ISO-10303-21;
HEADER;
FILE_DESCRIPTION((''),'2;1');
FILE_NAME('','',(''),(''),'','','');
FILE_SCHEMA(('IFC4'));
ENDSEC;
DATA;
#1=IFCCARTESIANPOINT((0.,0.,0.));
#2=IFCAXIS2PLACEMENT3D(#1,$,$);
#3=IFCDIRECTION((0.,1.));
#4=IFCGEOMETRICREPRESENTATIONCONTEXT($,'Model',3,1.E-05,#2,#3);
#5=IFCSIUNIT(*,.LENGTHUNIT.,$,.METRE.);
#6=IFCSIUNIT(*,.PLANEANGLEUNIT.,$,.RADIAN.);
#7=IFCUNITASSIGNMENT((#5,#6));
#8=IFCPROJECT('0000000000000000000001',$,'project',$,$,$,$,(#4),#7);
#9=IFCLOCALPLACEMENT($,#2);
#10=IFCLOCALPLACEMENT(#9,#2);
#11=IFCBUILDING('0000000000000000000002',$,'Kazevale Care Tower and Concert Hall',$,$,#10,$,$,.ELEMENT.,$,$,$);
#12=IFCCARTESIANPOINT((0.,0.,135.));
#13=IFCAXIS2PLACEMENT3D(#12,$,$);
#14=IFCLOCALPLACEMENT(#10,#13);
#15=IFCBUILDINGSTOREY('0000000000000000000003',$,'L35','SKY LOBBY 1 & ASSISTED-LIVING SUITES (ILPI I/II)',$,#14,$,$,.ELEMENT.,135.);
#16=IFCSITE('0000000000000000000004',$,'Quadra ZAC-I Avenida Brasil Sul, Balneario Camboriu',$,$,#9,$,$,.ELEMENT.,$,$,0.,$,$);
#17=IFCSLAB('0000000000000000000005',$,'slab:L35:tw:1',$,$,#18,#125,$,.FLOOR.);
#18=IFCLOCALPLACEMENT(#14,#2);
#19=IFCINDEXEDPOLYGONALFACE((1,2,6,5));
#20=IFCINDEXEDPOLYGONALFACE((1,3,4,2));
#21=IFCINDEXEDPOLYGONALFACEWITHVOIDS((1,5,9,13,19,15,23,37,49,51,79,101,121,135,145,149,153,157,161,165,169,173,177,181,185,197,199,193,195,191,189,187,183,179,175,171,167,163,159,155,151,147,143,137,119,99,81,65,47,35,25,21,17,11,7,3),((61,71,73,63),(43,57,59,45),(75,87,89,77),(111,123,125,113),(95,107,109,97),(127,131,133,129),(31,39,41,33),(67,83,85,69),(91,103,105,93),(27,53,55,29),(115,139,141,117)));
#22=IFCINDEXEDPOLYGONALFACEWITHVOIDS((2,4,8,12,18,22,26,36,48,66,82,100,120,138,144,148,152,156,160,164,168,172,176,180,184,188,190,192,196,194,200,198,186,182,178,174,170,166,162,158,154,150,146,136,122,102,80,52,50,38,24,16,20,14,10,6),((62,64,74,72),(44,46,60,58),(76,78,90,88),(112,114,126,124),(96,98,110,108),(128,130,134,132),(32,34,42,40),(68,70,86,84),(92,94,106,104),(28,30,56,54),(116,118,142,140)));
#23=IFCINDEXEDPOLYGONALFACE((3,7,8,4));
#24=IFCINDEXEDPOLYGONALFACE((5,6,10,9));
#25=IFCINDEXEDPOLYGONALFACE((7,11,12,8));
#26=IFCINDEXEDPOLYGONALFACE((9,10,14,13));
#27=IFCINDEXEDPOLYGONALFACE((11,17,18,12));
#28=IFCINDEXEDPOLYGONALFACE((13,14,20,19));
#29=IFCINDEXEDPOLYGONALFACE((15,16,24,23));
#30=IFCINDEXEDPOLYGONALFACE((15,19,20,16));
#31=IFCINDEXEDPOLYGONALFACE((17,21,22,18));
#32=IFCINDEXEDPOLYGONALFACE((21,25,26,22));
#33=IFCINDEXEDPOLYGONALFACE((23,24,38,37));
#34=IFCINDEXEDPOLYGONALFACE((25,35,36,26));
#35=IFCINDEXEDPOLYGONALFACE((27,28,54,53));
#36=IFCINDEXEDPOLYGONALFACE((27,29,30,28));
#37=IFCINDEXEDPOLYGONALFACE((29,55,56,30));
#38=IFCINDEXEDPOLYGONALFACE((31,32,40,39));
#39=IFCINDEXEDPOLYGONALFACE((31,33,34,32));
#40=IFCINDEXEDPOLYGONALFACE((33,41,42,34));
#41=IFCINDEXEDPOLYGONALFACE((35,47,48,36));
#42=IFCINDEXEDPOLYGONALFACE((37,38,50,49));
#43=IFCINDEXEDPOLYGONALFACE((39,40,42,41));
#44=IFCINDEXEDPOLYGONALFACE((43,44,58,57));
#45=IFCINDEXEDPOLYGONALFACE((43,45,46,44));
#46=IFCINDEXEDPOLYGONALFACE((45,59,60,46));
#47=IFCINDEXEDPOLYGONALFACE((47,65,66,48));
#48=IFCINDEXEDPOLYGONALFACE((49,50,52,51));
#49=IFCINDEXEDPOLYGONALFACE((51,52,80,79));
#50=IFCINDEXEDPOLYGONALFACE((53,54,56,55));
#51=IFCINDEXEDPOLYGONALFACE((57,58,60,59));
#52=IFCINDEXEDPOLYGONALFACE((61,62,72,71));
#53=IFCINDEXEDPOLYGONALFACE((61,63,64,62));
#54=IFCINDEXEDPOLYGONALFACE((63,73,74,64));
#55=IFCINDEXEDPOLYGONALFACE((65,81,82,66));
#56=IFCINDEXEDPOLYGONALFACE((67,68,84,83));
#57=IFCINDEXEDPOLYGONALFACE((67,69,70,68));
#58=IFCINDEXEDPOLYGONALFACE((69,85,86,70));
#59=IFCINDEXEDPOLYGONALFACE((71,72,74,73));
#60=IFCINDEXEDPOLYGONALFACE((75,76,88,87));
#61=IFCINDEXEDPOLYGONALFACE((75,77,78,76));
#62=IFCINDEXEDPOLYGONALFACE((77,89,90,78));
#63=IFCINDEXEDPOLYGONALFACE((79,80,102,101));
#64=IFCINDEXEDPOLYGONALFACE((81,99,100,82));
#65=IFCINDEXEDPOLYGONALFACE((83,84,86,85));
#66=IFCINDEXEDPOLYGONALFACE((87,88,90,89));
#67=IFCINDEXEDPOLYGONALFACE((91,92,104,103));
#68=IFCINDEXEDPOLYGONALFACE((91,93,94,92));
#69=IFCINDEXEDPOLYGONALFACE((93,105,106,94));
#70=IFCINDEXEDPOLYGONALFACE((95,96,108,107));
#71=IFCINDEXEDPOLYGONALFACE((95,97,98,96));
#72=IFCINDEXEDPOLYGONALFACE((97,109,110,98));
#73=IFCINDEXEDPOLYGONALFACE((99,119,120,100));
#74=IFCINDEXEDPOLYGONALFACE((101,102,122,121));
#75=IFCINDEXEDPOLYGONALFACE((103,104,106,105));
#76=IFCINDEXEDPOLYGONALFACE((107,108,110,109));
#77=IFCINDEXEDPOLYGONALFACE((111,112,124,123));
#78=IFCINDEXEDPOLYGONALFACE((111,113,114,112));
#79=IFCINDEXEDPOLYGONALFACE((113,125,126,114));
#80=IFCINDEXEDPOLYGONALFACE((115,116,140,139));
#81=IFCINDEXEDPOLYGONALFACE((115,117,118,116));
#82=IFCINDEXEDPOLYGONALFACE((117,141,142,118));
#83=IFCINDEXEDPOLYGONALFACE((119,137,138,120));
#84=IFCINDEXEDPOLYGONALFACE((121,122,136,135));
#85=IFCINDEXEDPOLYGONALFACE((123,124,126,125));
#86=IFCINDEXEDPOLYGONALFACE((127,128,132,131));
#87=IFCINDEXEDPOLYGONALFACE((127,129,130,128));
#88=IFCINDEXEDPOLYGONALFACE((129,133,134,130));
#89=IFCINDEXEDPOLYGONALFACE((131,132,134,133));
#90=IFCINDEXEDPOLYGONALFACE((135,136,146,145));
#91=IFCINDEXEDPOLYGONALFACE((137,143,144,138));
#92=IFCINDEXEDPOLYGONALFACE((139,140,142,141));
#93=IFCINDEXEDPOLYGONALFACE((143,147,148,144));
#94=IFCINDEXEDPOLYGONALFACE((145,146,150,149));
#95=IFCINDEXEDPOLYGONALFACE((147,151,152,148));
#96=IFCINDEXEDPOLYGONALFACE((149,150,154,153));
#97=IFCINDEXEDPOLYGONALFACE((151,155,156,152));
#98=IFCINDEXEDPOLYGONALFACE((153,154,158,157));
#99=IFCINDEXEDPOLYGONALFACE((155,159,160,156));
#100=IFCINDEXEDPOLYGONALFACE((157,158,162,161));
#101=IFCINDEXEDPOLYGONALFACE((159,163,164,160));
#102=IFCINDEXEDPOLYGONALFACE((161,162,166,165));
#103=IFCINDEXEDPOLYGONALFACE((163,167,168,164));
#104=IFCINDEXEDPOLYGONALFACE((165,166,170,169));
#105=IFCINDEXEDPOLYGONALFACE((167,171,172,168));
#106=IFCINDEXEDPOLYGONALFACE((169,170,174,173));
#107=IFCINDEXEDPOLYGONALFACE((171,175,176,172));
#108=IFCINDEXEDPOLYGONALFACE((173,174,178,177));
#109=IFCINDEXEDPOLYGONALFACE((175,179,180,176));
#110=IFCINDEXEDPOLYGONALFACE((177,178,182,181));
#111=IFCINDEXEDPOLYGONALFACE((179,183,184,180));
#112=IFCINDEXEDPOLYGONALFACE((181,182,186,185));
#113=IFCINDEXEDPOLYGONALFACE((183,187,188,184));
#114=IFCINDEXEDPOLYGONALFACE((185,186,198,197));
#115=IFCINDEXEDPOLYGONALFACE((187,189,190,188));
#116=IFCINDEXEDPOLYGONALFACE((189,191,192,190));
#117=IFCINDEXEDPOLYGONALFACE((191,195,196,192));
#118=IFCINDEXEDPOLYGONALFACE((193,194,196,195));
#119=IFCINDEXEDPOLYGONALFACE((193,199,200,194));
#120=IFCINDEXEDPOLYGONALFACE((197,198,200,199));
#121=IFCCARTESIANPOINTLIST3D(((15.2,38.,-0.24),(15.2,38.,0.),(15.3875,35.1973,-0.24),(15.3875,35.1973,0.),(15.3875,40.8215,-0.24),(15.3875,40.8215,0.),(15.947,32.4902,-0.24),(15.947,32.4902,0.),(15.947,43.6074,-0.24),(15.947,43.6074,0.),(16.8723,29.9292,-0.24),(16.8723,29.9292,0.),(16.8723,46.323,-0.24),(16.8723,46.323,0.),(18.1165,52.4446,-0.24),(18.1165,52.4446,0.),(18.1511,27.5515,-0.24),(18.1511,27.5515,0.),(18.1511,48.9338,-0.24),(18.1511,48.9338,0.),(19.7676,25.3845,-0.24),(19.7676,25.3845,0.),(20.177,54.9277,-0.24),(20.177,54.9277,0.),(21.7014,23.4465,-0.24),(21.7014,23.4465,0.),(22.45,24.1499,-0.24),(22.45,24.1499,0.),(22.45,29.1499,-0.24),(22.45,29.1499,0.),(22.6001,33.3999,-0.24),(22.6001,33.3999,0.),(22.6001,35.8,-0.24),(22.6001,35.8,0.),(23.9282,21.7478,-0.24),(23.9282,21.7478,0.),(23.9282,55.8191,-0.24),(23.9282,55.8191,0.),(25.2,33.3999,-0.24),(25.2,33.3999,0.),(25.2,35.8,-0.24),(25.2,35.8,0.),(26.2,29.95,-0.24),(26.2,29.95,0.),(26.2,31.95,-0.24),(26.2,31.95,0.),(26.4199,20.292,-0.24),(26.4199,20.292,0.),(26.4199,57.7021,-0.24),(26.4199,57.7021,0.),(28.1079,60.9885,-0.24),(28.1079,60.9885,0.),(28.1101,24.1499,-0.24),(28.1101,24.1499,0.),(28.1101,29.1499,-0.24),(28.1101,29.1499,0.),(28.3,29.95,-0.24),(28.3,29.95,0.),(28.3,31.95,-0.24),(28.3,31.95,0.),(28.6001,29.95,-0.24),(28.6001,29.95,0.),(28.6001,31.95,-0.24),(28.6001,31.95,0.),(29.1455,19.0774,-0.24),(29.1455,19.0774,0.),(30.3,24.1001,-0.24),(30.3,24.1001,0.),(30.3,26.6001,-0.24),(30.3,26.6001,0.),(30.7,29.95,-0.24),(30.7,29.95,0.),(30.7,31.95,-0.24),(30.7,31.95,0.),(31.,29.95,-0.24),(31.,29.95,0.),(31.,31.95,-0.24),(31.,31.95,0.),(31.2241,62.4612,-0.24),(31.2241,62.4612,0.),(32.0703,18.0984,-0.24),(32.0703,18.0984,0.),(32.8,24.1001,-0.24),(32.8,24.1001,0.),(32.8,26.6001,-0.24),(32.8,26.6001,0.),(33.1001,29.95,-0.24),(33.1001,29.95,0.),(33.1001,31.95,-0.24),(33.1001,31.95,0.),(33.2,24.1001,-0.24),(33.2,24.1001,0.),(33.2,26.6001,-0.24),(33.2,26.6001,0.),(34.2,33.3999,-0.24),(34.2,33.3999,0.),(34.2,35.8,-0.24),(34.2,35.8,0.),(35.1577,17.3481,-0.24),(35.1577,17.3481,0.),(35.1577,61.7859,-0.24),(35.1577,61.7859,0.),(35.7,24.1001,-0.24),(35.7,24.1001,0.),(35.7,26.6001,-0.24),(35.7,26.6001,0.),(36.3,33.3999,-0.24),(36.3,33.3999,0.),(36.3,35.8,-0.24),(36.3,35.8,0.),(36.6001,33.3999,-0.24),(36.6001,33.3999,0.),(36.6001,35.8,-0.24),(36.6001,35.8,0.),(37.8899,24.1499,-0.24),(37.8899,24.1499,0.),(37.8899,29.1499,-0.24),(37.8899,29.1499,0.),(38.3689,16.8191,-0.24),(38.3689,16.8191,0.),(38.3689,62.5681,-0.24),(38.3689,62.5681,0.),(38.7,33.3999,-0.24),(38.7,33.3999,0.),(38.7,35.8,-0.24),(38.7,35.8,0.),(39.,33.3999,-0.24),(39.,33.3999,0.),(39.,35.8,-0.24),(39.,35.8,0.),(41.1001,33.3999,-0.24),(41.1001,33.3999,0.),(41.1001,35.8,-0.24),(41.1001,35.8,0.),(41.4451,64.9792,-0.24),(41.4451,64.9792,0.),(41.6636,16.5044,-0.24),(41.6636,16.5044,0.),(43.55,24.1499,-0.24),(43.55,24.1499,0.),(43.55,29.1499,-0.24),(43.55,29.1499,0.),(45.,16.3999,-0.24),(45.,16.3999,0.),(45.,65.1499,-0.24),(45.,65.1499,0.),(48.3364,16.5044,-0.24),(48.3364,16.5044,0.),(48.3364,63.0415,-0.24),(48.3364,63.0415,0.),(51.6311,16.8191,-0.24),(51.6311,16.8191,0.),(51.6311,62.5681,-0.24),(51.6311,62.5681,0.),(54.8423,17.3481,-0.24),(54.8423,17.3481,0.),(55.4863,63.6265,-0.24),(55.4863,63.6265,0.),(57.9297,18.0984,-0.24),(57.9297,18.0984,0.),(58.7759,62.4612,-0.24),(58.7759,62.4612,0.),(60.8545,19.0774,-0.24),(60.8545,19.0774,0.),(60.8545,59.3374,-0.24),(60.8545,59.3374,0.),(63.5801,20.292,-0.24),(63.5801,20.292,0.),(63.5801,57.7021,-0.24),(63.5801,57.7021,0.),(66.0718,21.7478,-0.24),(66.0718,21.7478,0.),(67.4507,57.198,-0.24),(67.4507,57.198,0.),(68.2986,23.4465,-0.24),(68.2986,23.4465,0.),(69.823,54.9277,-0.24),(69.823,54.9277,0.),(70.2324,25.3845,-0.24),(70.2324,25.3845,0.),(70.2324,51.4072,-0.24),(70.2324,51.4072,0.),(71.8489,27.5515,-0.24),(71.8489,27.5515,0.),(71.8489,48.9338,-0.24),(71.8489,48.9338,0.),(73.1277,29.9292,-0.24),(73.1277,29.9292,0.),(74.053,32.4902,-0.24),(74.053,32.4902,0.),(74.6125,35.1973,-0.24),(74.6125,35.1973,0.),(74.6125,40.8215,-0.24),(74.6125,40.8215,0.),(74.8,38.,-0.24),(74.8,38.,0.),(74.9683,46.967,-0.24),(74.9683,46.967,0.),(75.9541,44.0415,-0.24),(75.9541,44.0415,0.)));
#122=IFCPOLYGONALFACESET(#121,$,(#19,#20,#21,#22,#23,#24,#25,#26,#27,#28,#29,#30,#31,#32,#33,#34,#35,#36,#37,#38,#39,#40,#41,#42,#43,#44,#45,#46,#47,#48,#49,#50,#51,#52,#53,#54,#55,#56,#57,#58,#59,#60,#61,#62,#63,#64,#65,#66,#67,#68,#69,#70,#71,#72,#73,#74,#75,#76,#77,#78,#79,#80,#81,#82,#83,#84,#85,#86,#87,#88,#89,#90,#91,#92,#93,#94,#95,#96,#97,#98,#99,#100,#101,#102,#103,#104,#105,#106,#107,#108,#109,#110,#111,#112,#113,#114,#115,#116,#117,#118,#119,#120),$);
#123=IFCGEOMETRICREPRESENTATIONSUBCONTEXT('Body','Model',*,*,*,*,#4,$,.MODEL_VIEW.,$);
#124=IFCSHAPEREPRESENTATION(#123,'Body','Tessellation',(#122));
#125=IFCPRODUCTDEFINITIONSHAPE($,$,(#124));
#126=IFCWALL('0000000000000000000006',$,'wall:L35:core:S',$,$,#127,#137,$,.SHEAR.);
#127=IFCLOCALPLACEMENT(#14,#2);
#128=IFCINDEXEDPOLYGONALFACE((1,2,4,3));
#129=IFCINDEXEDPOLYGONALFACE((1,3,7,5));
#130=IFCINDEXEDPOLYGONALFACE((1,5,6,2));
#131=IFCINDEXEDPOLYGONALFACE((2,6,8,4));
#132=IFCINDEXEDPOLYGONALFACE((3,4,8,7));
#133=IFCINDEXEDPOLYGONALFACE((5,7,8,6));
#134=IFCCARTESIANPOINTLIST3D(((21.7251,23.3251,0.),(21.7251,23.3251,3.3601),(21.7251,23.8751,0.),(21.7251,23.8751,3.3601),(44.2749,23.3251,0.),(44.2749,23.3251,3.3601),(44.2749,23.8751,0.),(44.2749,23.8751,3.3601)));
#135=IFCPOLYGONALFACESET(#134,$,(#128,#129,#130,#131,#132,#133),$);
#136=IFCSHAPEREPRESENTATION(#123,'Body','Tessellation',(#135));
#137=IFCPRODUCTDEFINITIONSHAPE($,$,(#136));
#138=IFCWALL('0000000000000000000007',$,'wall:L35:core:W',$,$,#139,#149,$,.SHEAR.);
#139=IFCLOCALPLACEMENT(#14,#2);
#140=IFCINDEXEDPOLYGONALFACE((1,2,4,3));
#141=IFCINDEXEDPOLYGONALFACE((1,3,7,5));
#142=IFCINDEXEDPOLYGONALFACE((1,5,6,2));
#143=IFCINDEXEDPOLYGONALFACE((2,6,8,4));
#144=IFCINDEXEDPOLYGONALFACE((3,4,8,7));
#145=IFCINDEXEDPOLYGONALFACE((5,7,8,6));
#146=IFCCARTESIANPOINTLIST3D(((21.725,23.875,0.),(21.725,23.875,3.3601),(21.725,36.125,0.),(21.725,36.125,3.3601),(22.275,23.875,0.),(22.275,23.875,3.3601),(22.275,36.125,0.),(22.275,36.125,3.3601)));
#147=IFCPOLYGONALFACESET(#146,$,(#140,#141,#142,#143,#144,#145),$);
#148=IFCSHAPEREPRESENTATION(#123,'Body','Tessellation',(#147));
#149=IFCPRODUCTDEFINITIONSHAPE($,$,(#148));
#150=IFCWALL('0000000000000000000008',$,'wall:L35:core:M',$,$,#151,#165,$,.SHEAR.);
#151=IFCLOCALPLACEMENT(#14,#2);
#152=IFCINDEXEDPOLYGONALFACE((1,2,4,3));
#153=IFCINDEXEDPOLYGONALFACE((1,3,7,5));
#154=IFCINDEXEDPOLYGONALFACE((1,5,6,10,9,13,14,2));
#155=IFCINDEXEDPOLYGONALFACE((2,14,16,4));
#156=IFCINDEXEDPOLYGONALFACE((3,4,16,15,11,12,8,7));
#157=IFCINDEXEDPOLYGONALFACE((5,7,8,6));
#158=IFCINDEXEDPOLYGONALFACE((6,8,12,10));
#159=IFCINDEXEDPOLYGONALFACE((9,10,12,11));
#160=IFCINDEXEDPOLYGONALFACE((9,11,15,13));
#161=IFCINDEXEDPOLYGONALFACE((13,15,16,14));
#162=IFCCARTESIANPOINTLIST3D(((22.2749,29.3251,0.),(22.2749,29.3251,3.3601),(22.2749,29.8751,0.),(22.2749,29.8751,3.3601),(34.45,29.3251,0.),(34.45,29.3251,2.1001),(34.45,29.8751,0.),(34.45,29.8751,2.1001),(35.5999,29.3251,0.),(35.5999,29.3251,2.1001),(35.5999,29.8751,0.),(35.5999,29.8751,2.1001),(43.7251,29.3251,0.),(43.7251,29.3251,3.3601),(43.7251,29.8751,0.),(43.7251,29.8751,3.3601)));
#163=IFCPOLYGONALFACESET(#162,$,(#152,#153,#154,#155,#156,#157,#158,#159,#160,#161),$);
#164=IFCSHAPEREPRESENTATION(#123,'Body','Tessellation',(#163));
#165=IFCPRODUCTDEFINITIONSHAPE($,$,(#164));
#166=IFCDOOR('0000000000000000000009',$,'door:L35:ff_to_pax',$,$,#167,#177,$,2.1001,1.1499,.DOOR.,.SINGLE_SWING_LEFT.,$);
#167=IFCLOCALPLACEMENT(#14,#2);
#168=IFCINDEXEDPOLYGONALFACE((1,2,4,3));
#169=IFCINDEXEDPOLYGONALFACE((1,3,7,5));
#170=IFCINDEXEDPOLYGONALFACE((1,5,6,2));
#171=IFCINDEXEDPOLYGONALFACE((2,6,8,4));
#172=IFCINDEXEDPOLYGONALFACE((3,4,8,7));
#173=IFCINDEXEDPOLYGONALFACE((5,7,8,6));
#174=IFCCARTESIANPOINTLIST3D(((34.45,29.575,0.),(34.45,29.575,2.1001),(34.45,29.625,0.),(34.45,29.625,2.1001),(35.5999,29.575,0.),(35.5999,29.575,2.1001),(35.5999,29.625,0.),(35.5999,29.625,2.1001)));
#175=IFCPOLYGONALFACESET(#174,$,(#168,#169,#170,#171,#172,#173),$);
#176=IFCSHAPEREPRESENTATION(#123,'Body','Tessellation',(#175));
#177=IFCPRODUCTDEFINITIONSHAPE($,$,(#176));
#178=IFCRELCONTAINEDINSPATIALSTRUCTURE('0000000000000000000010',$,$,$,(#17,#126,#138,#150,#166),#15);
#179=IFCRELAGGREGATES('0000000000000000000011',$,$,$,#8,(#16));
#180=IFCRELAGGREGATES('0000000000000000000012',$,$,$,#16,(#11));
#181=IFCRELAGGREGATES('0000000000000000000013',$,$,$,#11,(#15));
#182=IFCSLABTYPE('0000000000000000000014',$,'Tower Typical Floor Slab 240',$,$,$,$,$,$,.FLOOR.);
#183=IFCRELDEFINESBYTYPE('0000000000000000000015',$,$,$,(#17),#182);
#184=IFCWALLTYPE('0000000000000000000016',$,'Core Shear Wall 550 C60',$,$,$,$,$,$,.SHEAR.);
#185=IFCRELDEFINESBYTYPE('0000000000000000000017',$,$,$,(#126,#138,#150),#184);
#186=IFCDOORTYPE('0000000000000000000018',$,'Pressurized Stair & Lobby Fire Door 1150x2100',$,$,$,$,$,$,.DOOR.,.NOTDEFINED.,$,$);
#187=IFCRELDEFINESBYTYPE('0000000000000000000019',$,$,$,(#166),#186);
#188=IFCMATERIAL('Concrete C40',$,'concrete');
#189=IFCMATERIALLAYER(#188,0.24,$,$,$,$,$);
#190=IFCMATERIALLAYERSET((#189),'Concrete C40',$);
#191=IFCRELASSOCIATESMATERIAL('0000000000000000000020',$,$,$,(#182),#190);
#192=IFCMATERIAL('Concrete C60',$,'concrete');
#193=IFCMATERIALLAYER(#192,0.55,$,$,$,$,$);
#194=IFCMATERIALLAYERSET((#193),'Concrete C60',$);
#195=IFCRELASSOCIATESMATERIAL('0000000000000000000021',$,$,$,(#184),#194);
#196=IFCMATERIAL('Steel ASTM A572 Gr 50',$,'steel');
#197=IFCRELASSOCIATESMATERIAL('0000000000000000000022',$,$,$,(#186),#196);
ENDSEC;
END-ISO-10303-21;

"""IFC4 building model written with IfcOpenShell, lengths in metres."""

from ifc_helpers import new_model, si_unit, direction, frame, frame_2d, origin, place, context, subcontext, project, spatial, polyline, rectangle, outline, extrude, material, layer, layer_set, type_object, element, fill, save


model = new_model("IFC4")

# Units and contexts
model_context = context("Model", 3, precision=1e-05, world=origin(), true_north=direction((0.0, 1.0)))
body_context = subcontext(model_context, "Body", "Model", "MODEL_VIEW")
ifc_project = project(units=[si_unit("LENGTHUNIT", "METRE"), si_unit("PLANEANGLEUNIT", "RADIAN")], contexts=[model_context])

# Site, building, storey
site_placement = place(None, origin())
site = spatial("IfcSite", under=ifc_project, at=site_placement, Name="Quadra ZAC-I Avenida Brasil Sul, Balneario Camboriu", CompositionType="ELEMENT", RefElevation=0.0)
building_placement = place(site_placement, origin())
building = spatial("IfcBuilding", under=site, at=building_placement, Name="Kazevale Care Tower and Concert Hall", CompositionType="ELEMENT")
storey_placement = place(building_placement, frame((0.0, 0.0, 135.0)))
storey = spatial("IfcBuildingStorey", under=building, at=storey_placement, Name="L35", Description="SKY LOBBY 1 & ASSISTED-LIVING SUITES (ILPI I/II)", CompositionType="ELEMENT", Elevation=135.0)

# Shared definitions
ifc_material_1 = material(Name="Concrete C60", Category="concrete")

# Shared definitions
ifc_material_2 = material(Name="Steel ASTM A572 Gr 50", Category="steel")

# Shared definitions
ifc_material_3 = material(Name="Concrete C40", Category="concrete")

# Slab
ifc_layer_1 = layer(ifc_material_3, 0.24)
ifc_layer_set_1 = layer_set([ifc_layer_1], Name="Concrete C40")
slab_type_1 = type_object("IfcSlabType", Name="Tower Typical Floor Slab 240", PredefinedType="FLOOR", material=ifc_layer_set_1)
slab_1_placement = place(storey_placement, frame((0.0, 0.0, -0.24)))
element("IfcSlab", 1, at=slab_1_placement, inside=storey, type_object=slab_type_1, Name="slab:L35:tw:1", PredefinedType="FLOOR", context=body_context, shape_type="SweptSolid", body=[
    extrude(outline(polyline([(74.8, 38.0), (74.6125, 40.8215), (75.9541, 44.0415), (74.9683, 46.967), (71.8489, 48.9338), (70.2324, 51.4072), (69.823, 54.9277), (67.4507, 57.198), (63.5801, 57.7021), (60.8545, 59.3374), (58.7759, 62.4612), (55.4863, 63.6265), (51.6311, 62.5681), (48.3364, 63.0415), (45.0, 65.1499), (41.4451, 64.9792), (38.3689, 62.5681), (35.1577, 61.7859), (31.2241, 62.4612), (28.1079, 60.9885), (26.4199, 57.7021), (23.9282, 55.8191), (20.177, 54.9277), (18.1165, 52.4446), (18.1511, 48.9338), (16.8723, 46.323), (15.947, 43.6074), (15.3875, 40.8215), (15.2, 38.0), (15.3875, 35.1973), (15.947, 32.4902), (16.8723, 29.9292), (18.1511, 27.5515), (19.7676, 25.3845), (21.7014, 23.4465), (23.9282, 21.7478), (26.4199, 20.292), (29.1455, 19.0774), (32.0703, 18.0984), (35.1577, 17.3481), (38.3689, 16.8191), (41.6636, 16.5044), (45.0, 16.3999), (48.3364, 16.5044), (51.6311, 16.8191), (54.8423, 17.3481), (57.9297, 18.0984), (60.8545, 19.0774), (63.5801, 20.292), (66.0718, 21.7478), (68.2986, 23.4465), (70.2324, 25.3845), (71.8489, 27.5515), (73.1277, 29.9292), (74.053, 32.4902), (74.6125, 35.1973), (74.8, 38.0)]), holes=[polyline([(22.45, 24.1499), (28.1101, 24.1499), (28.1101, 29.1499), (22.45, 29.1499), (22.45, 24.1499)]), polyline([(37.8899, 24.1499), (43.55, 24.1499), (43.55, 29.1499), (37.8899, 29.1499), (37.8899, 24.1499)]), polyline([(30.3, 24.1001), (32.8, 24.1001), (32.8, 26.6001), (30.3, 26.6001), (30.3, 24.1001)]), polyline([(33.2, 24.1001), (35.7, 24.1001), (35.7, 26.6001), (33.2, 26.6001), (33.2, 24.1001)]), polyline([(22.6001, 33.3999), (25.2, 33.3999), (25.2, 35.8), (22.6001, 35.8), (22.6001, 33.3999)]), polyline([(34.2, 33.3999), (36.3, 33.3999), (36.3, 35.8), (34.2, 35.8), (34.2, 33.3999)]), polyline([(36.6001, 33.3999), (38.7, 33.3999), (38.7, 35.8), (36.6001, 35.8), (36.6001, 33.3999)]), polyline([(39.0, 33.3999), (41.1001, 33.3999), (41.1001, 35.8), (39.0, 35.8), (39.0, 33.3999)]), polyline([(26.2, 29.95), (28.3, 29.95), (28.3, 31.95), (26.2, 31.95), (26.2, 29.95)]), polyline([(28.6001, 29.95), (30.7, 29.95), (30.7, 31.95), (28.6001, 31.95), (28.6001, 29.95)]), polyline([(31.0, 29.95), (33.1001, 29.95), (33.1001, 31.95), (31.0, 31.95), (31.0, 29.95)])]), origin(), (0.0, 0.0, 1.0), 0.24),
])

# Walls
ifc_layer_2 = layer(ifc_material_1, 0.55)
ifc_layer_set_2 = layer_set([ifc_layer_2], Name="Concrete C60")
wall_type_1 = type_object("IfcWallType", Name="Core Shear Wall 550 C60", PredefinedType="SHEAR", material=ifc_layer_set_2)
wall_1_placement = place(storey_placement, frame((21.7251, 23.6001, 0.0), z_axis=(0.0, 0.0, 1.0), x_axis=(1.0, 0.0, 0.0)))
element("IfcWall", 2, at=wall_1_placement, inside=storey, type_object=wall_type_1, Name="wall:L35:core:S", PredefinedType="SHEAR", context=body_context, shape_type="SweptSolid", body=[
    extrude(rectangle(XDim=22.5498, YDim=0.55, at=frame_2d((11.2749, 0.0))), origin(), (0.0, 0.0, 1.0), 3.3601),
])
wall_2_placement = place(storey_placement, frame((22.0, 23.875, 0.0), z_axis=(0.0, 0.0, 1.0), x_axis=(0.0, 1.0, 0.0)))
element("IfcWall", 3, at=wall_2_placement, inside=storey, type_object=wall_type_1, Name="wall:L35:core:W", PredefinedType="SHEAR", context=body_context, shape_type="SweptSolid", body=[
    extrude(rectangle(XDim=12.25, YDim=0.55, at=frame_2d((6.125, 0.0))), origin(), (0.0, 0.0, 1.0), 3.3601),
])

# Wall, opening, door
wall_3_placement = place(storey_placement, frame((22.2749, 29.6001, 0.0), z_axis=(0.0, 0.0, 1.0), x_axis=(1.0, 0.0, 0.0)))
wall_3 = element("IfcWall", 4, at=wall_3_placement, inside=storey, type_object=wall_type_1, Name="wall:L35:core:M", PredefinedType="SHEAR", context=body_context, shape_type="SweptSolid", body=[
    extrude(rectangle(XDim=21.4502, YDim=0.55, at=frame_2d((10.7251, 0.0))), origin(), (0.0, 0.0, 1.0), 3.3601),
])
opening_1_placement = place(wall_3_placement, frame((12.175, 0.0, 0.0)))
opening_1 = element("IfcOpeningElement", 5, at=opening_1_placement, cuts=wall_3, PredefinedType="OPENING", context=body_context, shape_type="SweptSolid", body=[
    extrude(rectangle(XDim=1.1499, YDim=2.1001, at=frame_2d((0.575, 1.05))), frame((0.0, 0.2849, 0.0), z_axis=(0.0, -1.0, 0.0), x_axis=(1.0, 0.0, 0.0)), (0.0, 0.0, 1.0), 0.5701),
])
door_type_1 = type_object("IfcDoorType", Name="Pressurized Stair & Lobby Fire Door 1150x2100", OperationType="NOTDEFINED", PredefinedType="DOOR", material=ifc_material_2)
door_1_placement = place(opening_1_placement, origin())
door_1 = element("IfcDoor", 6, at=door_1_placement, inside=storey, type_object=door_type_1, Name="door:L35:ff_to_pax", OperationType="SINGLE_SWING_LEFT", OverallHeight=2.1001, OverallWidth=1.1499, PredefinedType="DOOR", context=body_context, shape_type="SweptSolid", body=[
    extrude(rectangle(XDim=1.1499, YDim=2.1001, at=frame_2d((0.575, 1.05))), frame((0.0, 0.0249, 0.0), z_axis=(0.0, -1.0, 0.0), x_axis=(1.0, 0.0, 0.0)), (0.0, 0.0, 1.0), 0.05),
])
fill(opening_1, door_1)

save(model, "model.ifc")
